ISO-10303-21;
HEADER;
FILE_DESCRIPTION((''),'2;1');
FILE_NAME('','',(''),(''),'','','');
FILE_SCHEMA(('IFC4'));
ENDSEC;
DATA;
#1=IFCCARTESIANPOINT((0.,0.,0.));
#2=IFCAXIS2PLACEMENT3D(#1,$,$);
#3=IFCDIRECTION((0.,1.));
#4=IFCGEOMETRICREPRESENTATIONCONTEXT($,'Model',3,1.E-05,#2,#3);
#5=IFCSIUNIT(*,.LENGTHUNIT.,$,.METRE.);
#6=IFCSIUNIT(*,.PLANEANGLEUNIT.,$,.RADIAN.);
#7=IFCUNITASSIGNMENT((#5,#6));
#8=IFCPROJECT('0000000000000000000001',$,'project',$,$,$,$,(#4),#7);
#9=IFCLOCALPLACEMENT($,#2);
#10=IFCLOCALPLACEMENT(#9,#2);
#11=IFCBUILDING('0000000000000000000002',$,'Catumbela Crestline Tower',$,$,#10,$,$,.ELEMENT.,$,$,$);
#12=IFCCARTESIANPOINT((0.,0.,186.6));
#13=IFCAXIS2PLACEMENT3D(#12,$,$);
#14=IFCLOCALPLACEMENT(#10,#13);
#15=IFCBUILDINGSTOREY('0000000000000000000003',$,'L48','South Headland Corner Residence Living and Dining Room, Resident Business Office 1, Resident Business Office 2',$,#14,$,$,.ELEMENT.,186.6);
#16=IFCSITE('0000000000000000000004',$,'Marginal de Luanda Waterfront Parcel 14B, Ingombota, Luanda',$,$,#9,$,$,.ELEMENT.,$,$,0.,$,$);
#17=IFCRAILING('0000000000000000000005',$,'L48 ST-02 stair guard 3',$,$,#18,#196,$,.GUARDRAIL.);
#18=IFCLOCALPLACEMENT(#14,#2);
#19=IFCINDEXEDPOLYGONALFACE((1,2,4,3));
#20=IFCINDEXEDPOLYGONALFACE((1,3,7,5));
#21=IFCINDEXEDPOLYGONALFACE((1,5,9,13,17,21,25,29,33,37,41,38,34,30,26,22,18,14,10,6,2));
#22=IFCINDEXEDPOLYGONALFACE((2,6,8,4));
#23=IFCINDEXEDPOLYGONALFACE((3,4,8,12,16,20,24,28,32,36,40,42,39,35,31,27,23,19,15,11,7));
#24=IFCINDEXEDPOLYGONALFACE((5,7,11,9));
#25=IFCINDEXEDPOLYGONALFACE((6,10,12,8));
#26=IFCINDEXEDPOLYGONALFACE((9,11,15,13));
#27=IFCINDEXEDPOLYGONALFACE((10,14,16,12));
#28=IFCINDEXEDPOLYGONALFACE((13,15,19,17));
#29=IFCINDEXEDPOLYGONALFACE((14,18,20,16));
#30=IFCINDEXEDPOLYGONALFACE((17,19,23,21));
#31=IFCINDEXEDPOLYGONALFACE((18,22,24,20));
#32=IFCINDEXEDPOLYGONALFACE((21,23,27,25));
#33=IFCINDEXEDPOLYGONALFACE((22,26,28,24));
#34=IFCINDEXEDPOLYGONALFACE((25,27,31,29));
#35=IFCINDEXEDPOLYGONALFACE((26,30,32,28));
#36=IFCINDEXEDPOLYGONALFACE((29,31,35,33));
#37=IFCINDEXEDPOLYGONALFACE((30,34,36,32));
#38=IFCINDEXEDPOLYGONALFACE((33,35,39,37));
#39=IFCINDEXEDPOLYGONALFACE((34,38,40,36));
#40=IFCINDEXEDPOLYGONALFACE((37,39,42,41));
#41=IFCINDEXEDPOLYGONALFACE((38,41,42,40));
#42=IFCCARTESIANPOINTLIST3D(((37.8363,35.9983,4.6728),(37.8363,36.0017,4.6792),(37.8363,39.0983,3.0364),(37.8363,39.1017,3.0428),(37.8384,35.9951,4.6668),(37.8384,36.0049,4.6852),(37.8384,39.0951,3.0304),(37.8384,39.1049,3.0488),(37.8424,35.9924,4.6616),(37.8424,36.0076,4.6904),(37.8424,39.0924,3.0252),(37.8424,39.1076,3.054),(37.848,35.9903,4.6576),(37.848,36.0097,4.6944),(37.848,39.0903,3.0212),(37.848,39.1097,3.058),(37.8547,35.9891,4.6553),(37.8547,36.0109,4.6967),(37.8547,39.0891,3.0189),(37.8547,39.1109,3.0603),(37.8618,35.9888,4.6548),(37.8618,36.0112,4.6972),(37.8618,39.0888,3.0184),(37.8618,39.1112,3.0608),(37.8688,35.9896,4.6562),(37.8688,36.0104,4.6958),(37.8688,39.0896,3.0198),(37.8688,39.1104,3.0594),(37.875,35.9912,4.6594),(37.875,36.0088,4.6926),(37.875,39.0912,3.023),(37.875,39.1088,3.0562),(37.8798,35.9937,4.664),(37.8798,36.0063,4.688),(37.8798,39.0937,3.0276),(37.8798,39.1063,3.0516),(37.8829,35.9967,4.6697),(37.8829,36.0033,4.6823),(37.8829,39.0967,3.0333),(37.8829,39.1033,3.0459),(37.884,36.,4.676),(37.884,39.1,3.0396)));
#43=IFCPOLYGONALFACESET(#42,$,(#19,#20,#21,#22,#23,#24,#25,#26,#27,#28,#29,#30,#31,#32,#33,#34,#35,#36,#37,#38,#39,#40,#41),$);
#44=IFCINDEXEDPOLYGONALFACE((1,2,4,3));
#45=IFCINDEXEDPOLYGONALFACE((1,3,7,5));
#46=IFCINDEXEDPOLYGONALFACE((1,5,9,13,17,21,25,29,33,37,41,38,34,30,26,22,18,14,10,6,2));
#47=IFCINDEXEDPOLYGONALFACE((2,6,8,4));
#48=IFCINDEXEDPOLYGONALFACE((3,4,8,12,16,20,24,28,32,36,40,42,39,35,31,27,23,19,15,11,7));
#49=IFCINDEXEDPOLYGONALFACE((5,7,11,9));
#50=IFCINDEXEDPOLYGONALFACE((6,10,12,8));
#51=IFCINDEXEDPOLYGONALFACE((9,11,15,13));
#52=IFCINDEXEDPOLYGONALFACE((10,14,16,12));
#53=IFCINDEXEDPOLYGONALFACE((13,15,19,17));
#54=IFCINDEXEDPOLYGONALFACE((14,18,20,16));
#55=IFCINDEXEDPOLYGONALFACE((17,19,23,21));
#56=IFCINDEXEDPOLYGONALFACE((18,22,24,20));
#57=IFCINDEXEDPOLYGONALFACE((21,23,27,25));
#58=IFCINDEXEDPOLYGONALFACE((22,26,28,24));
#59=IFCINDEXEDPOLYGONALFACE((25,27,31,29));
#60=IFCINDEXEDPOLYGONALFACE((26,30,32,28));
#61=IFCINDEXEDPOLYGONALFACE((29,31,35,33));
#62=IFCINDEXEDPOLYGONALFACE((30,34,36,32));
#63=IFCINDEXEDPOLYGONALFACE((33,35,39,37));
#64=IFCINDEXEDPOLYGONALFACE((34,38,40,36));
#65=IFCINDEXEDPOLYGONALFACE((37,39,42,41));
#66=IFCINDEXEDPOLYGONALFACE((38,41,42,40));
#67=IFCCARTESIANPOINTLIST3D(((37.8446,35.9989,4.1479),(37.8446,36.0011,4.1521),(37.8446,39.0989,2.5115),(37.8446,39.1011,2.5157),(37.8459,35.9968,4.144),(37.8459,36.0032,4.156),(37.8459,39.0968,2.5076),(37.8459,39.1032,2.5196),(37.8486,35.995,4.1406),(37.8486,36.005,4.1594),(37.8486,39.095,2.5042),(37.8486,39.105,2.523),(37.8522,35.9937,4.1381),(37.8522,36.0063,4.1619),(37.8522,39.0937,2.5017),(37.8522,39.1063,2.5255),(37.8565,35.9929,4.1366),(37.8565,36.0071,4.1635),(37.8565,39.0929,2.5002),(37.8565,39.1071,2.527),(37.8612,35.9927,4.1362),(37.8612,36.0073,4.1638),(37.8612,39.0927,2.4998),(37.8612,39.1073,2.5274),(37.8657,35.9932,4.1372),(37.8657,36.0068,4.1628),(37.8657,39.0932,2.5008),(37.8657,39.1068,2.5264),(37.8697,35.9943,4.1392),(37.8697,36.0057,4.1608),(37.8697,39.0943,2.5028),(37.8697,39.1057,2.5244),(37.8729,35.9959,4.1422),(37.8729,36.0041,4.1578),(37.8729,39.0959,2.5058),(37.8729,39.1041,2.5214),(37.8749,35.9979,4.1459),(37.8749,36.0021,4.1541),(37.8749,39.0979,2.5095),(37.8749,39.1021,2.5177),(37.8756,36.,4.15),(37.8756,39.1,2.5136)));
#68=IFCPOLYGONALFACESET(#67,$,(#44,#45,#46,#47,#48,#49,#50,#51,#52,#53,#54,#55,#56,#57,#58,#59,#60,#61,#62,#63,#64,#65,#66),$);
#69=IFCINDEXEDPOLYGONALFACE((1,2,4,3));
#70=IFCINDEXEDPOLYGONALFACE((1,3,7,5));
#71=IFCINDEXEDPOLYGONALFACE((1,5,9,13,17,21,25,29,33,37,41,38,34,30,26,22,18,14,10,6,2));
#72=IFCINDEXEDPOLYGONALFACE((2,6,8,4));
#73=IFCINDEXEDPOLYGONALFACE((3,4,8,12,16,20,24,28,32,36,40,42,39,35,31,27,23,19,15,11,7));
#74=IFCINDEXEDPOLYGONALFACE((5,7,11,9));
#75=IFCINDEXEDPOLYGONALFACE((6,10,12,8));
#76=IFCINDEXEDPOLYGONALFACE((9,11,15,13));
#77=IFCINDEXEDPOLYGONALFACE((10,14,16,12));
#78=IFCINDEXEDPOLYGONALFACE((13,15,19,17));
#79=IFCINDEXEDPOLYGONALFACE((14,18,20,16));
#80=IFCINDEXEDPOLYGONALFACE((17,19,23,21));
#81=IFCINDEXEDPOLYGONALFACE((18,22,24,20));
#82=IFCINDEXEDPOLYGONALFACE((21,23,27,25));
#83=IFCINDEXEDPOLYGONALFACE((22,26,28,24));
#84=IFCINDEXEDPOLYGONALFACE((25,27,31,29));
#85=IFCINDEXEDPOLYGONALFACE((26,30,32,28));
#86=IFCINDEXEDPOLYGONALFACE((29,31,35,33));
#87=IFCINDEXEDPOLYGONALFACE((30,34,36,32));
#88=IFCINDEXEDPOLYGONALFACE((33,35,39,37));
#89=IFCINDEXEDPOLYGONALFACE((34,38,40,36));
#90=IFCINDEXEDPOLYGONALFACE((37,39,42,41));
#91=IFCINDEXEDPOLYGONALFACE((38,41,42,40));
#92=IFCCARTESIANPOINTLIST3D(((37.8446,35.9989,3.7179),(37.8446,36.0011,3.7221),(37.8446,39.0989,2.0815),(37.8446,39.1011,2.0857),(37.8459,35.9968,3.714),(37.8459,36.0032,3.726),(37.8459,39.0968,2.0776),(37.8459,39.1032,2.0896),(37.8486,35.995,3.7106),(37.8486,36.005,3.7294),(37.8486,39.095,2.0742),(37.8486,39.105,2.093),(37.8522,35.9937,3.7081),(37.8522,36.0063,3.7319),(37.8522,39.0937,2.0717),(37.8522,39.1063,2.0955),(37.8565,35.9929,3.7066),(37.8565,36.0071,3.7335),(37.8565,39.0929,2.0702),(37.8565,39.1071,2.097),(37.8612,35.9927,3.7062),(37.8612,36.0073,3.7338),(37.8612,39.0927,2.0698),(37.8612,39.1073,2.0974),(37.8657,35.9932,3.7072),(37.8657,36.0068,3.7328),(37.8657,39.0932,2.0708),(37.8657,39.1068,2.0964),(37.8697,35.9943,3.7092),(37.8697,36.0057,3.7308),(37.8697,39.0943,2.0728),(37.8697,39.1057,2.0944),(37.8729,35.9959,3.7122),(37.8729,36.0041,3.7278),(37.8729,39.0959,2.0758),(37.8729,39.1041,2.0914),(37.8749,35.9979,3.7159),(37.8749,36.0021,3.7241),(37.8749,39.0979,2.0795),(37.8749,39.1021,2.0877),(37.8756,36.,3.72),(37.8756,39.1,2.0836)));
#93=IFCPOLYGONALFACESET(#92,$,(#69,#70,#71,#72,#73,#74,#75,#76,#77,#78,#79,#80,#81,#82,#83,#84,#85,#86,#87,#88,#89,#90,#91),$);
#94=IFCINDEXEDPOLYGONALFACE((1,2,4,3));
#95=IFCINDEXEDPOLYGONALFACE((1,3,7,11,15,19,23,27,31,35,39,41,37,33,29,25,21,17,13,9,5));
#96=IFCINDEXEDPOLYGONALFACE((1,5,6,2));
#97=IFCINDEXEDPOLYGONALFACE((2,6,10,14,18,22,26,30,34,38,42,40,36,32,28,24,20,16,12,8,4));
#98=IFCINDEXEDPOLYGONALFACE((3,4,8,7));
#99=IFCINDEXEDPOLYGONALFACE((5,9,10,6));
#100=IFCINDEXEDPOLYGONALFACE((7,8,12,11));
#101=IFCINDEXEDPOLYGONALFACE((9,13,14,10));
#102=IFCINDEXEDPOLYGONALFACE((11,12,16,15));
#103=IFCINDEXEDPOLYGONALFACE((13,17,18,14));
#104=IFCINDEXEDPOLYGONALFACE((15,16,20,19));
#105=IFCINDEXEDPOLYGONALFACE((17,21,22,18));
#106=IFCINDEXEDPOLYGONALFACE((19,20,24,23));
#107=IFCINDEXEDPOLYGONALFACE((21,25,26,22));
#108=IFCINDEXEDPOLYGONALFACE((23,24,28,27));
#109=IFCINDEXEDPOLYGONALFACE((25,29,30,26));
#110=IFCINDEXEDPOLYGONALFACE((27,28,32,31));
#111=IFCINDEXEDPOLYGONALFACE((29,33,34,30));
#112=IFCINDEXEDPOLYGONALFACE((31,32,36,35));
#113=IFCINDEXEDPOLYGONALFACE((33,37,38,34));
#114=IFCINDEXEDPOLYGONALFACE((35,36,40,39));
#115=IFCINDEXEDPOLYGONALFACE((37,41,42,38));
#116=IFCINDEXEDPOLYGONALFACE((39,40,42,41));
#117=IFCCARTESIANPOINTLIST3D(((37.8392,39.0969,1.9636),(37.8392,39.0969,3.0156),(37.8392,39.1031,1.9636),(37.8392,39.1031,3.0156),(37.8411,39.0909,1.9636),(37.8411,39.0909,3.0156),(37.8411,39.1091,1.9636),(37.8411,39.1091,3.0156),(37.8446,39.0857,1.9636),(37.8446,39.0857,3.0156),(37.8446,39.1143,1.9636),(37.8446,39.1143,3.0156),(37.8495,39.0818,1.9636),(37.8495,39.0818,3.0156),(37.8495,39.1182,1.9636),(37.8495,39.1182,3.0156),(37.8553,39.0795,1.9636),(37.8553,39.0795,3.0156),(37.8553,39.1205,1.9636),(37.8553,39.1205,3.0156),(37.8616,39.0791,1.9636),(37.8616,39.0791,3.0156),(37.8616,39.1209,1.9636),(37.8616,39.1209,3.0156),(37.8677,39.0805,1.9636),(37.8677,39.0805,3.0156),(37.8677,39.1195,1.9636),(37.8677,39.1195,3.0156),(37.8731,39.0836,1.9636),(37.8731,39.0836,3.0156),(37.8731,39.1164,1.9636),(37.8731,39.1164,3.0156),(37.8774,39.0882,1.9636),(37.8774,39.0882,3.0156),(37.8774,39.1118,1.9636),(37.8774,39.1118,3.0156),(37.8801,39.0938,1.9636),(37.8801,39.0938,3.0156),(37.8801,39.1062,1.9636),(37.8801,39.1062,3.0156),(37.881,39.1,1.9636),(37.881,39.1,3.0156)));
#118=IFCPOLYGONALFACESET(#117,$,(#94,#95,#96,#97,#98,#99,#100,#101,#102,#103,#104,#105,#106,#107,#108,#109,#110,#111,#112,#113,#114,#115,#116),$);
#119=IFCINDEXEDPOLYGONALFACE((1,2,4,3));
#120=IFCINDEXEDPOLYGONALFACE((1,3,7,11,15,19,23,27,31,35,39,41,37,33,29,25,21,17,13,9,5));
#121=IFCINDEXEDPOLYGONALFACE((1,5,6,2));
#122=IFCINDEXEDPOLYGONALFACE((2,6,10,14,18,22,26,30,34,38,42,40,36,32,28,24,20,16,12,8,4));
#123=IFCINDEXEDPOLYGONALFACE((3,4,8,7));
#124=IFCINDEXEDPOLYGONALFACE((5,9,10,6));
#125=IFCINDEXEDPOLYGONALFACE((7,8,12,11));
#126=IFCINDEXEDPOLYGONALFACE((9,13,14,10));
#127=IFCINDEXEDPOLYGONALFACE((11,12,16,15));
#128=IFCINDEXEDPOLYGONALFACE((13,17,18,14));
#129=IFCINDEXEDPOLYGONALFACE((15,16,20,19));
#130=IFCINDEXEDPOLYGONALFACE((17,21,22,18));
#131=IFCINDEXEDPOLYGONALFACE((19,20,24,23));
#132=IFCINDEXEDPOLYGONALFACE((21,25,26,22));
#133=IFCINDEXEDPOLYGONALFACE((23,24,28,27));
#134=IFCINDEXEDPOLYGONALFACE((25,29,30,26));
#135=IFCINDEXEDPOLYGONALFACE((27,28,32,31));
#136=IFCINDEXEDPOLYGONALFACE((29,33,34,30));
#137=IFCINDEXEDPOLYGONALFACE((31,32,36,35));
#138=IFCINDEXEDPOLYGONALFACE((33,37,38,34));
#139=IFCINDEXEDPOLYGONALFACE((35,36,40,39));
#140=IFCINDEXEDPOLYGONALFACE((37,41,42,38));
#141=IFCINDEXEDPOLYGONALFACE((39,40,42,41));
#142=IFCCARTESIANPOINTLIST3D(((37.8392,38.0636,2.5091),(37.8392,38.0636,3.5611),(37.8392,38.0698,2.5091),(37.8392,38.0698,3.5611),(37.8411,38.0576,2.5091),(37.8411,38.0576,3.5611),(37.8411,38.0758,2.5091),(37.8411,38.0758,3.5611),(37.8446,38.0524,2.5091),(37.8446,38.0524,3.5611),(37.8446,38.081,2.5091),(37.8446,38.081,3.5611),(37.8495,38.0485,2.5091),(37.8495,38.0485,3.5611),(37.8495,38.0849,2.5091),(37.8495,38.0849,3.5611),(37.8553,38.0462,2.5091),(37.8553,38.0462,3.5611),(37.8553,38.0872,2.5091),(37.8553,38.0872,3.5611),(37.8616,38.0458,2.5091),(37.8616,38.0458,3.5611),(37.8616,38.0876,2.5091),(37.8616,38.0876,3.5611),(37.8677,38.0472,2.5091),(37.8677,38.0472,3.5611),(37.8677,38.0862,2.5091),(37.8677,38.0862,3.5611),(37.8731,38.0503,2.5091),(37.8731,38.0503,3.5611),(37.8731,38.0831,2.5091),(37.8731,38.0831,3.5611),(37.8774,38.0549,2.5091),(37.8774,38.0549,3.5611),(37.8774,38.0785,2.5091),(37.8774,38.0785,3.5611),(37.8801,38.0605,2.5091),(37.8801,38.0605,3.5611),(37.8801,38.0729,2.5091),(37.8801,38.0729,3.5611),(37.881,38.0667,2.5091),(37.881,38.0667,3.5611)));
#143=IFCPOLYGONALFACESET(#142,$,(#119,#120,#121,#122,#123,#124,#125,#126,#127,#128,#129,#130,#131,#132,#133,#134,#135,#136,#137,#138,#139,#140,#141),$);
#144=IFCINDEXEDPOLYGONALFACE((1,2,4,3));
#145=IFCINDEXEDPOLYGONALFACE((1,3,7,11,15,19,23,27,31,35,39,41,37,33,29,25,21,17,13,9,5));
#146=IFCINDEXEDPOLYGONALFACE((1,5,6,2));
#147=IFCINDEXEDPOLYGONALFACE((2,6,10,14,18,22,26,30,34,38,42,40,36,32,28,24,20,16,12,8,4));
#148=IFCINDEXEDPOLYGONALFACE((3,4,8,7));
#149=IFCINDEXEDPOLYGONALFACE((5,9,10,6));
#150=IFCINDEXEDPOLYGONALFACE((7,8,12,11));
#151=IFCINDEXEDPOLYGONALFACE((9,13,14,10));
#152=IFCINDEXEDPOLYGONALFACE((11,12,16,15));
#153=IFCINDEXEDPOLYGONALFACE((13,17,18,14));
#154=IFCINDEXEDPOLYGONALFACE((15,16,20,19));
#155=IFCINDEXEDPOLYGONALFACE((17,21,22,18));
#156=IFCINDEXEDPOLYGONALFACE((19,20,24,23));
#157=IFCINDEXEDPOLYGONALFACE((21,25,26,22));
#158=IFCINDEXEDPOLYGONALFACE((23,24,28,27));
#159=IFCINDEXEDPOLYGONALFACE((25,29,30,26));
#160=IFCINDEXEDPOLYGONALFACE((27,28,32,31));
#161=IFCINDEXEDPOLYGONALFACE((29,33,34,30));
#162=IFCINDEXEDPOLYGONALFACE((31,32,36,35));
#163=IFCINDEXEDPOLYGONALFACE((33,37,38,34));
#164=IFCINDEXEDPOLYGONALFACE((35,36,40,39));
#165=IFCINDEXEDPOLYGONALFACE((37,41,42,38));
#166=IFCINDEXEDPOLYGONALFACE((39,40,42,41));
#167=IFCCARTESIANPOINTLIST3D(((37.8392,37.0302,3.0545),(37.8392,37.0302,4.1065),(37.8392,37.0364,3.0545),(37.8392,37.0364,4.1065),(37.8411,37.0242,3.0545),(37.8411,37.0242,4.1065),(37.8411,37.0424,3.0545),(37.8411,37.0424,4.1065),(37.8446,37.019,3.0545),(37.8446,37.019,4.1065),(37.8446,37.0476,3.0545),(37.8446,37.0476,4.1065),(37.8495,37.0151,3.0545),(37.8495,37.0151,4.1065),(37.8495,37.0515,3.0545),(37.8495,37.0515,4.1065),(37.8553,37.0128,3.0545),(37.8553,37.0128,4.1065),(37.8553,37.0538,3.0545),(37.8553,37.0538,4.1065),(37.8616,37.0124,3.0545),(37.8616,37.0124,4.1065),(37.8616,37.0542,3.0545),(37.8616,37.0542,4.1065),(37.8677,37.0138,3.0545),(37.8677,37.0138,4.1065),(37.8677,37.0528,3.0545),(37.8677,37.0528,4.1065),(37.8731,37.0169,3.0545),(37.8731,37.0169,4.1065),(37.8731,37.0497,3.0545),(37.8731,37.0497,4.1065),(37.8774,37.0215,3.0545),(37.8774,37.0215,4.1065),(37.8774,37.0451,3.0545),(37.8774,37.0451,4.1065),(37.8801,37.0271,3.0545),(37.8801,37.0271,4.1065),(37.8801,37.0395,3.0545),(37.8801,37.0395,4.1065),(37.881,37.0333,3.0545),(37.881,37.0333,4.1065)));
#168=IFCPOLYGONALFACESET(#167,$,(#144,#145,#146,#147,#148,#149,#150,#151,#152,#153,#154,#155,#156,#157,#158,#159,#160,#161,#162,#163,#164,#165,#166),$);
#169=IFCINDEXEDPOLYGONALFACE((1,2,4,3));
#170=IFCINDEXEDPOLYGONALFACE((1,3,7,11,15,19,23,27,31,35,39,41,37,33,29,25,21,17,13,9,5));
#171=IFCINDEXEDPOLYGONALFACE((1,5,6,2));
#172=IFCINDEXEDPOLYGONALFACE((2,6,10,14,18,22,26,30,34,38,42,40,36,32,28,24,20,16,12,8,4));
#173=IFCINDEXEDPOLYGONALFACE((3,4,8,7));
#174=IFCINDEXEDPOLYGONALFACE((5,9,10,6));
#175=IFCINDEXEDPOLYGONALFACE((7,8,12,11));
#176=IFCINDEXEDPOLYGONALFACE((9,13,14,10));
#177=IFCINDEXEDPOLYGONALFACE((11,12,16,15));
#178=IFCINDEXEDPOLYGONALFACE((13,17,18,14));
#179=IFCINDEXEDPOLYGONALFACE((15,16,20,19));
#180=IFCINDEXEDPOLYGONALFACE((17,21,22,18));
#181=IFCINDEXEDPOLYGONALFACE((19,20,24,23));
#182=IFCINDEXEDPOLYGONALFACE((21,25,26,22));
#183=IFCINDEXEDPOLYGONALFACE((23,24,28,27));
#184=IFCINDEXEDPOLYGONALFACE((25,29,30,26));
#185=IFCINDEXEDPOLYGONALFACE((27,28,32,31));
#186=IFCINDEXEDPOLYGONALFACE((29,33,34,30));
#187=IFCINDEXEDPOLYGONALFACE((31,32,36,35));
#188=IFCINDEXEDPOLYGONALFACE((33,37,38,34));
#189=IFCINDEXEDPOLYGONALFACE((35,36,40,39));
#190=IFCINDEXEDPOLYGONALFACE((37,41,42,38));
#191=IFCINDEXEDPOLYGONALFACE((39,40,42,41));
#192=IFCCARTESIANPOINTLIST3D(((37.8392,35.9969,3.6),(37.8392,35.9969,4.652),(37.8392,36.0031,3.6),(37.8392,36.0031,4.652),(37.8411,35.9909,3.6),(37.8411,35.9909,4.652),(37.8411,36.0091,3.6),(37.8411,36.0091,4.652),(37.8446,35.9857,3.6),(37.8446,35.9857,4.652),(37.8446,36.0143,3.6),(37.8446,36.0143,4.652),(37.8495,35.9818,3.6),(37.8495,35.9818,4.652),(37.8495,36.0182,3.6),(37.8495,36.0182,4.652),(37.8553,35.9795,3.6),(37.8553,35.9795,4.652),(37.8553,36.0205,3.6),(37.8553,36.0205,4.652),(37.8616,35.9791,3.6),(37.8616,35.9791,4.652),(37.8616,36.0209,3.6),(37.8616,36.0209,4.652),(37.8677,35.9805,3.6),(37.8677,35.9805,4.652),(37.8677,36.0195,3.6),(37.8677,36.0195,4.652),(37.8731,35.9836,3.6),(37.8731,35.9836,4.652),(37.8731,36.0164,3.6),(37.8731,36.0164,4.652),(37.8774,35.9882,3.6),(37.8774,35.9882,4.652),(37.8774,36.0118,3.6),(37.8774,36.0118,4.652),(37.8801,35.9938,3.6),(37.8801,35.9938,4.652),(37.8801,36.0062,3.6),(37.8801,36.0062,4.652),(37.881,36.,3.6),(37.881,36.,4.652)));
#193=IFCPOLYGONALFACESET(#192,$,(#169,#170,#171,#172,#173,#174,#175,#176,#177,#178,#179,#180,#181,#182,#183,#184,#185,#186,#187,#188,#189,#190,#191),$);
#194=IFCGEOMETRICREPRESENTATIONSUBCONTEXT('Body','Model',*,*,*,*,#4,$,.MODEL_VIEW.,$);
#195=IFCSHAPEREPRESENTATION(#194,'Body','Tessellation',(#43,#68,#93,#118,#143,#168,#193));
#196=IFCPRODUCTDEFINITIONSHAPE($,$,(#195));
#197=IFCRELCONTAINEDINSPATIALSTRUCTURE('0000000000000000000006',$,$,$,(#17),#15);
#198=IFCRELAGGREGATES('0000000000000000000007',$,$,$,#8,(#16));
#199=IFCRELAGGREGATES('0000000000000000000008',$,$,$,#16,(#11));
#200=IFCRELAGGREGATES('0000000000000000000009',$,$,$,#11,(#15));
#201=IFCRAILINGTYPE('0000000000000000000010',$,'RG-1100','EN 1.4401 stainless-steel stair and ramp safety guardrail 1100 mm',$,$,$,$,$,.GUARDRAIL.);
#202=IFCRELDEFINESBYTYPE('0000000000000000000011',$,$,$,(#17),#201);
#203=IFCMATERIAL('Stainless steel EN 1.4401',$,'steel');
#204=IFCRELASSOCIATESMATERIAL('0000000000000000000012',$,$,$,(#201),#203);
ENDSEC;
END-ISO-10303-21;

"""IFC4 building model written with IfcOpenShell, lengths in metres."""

from ifc_helpers import new_model, si_unit, direction, frame, origin, origin_2d, place, context, subcontext, project, spatial, circle, extrude, material, type_object, element, save


model = new_model("IFC4")

# Units and contexts
model_context = context("Model", 3, precision=1e-05, world=origin(), true_north=direction((0.0, 1.0)))
body_context = subcontext(model_context, "Body", "Model", "MODEL_VIEW")
ifc_project = project(units=[si_unit("LENGTHUNIT", "METRE"), si_unit("PLANEANGLEUNIT", "RADIAN")], contexts=[model_context])

# Site, building, storey
site_placement = place(None, origin())
site = spatial("IfcSite", under=ifc_project, at=site_placement, Name="Marginal de Luanda Waterfront Parcel 14B, Ingombota, Luanda", CompositionType="ELEMENT", RefElevation=0.0)
building_placement = place(site_placement, origin())
building = spatial("IfcBuilding", under=site, at=building_placement, Name="Catumbela Crestline Tower", CompositionType="ELEMENT")
storey_placement = place(building_placement, frame((0.0, 0.0, 186.6)))
storey = spatial("IfcBuildingStorey", under=building, at=storey_placement, Name="L48", Description="South Headland Corner Residence Living and Dining Room, Resident Business Office 1, Resident Business Office 2", CompositionType="ELEMENT", Elevation=186.6)

# Shared definitions
ifc_material_1 = material(Name="Stainless steel EN 1.4401", Category="steel")

# Railing
railing_type_1 = type_object("IfcRailingType", Name="RG-1100", Description="EN 1.4401 stainless-steel stair and ramp safety guardrail 1100 mm", PredefinedType="GUARDRAIL", material=ifc_material_1)
railing_1_placement = place(storey_placement, frame((37.86, 39.1, 1.9636)))
element("IfcRailing", 1, at=railing_1_placement, inside=storey, type_object=railing_type_1, Name="L48 ST-02 stair guard 3", PredefinedType="GUARDRAIL", context=body_context, shape_type="SweptSolid", body=[
    extrude(circle(Radius=0.024, at=origin_2d()), frame((0.0, 0.0, 1.076), z_axis=(0.0, -0.884351, 0.466823), x_axis=(1.0, 0.0, 0.0)), (0.0, 0.0, 1.0), 3.5054),
    extrude(circle(Radius=0.0156, at=origin_2d()), frame((0.0, 0.0, 0.55), z_axis=(0.0, -0.884351, 0.466823), x_axis=(1.0, 0.0, 0.0)), (0.0, 0.0, 1.0), 3.5054),
    extrude(circle(Radius=0.0156, at=origin_2d()), frame((0.0, 0.0, 0.12), z_axis=(0.0, -0.884351, 0.466823), x_axis=(1.0, 0.0, 0.0)), (0.0, 0.0, 1.0), 3.5054),
    extrude(circle(Radius=0.021, at=origin_2d()), origin(), (0.0, 0.0, 1.0), 1.052),
    extrude(circle(Radius=0.021, at=origin_2d()), frame((0.0, -1.0333, 0.5455)), (0.0, 0.0, 1.0), 1.052),
    extrude(circle(Radius=0.021, at=origin_2d()), frame((0.0, -2.0667, 1.0909)), (0.0, 0.0, 1.0), 1.052),
    extrude(circle(Radius=0.021, at=origin_2d()), frame((0.0, -3.1, 1.6364)), (0.0, 0.0, 1.0), 1.052),
])

save(model, "model.ifc")
